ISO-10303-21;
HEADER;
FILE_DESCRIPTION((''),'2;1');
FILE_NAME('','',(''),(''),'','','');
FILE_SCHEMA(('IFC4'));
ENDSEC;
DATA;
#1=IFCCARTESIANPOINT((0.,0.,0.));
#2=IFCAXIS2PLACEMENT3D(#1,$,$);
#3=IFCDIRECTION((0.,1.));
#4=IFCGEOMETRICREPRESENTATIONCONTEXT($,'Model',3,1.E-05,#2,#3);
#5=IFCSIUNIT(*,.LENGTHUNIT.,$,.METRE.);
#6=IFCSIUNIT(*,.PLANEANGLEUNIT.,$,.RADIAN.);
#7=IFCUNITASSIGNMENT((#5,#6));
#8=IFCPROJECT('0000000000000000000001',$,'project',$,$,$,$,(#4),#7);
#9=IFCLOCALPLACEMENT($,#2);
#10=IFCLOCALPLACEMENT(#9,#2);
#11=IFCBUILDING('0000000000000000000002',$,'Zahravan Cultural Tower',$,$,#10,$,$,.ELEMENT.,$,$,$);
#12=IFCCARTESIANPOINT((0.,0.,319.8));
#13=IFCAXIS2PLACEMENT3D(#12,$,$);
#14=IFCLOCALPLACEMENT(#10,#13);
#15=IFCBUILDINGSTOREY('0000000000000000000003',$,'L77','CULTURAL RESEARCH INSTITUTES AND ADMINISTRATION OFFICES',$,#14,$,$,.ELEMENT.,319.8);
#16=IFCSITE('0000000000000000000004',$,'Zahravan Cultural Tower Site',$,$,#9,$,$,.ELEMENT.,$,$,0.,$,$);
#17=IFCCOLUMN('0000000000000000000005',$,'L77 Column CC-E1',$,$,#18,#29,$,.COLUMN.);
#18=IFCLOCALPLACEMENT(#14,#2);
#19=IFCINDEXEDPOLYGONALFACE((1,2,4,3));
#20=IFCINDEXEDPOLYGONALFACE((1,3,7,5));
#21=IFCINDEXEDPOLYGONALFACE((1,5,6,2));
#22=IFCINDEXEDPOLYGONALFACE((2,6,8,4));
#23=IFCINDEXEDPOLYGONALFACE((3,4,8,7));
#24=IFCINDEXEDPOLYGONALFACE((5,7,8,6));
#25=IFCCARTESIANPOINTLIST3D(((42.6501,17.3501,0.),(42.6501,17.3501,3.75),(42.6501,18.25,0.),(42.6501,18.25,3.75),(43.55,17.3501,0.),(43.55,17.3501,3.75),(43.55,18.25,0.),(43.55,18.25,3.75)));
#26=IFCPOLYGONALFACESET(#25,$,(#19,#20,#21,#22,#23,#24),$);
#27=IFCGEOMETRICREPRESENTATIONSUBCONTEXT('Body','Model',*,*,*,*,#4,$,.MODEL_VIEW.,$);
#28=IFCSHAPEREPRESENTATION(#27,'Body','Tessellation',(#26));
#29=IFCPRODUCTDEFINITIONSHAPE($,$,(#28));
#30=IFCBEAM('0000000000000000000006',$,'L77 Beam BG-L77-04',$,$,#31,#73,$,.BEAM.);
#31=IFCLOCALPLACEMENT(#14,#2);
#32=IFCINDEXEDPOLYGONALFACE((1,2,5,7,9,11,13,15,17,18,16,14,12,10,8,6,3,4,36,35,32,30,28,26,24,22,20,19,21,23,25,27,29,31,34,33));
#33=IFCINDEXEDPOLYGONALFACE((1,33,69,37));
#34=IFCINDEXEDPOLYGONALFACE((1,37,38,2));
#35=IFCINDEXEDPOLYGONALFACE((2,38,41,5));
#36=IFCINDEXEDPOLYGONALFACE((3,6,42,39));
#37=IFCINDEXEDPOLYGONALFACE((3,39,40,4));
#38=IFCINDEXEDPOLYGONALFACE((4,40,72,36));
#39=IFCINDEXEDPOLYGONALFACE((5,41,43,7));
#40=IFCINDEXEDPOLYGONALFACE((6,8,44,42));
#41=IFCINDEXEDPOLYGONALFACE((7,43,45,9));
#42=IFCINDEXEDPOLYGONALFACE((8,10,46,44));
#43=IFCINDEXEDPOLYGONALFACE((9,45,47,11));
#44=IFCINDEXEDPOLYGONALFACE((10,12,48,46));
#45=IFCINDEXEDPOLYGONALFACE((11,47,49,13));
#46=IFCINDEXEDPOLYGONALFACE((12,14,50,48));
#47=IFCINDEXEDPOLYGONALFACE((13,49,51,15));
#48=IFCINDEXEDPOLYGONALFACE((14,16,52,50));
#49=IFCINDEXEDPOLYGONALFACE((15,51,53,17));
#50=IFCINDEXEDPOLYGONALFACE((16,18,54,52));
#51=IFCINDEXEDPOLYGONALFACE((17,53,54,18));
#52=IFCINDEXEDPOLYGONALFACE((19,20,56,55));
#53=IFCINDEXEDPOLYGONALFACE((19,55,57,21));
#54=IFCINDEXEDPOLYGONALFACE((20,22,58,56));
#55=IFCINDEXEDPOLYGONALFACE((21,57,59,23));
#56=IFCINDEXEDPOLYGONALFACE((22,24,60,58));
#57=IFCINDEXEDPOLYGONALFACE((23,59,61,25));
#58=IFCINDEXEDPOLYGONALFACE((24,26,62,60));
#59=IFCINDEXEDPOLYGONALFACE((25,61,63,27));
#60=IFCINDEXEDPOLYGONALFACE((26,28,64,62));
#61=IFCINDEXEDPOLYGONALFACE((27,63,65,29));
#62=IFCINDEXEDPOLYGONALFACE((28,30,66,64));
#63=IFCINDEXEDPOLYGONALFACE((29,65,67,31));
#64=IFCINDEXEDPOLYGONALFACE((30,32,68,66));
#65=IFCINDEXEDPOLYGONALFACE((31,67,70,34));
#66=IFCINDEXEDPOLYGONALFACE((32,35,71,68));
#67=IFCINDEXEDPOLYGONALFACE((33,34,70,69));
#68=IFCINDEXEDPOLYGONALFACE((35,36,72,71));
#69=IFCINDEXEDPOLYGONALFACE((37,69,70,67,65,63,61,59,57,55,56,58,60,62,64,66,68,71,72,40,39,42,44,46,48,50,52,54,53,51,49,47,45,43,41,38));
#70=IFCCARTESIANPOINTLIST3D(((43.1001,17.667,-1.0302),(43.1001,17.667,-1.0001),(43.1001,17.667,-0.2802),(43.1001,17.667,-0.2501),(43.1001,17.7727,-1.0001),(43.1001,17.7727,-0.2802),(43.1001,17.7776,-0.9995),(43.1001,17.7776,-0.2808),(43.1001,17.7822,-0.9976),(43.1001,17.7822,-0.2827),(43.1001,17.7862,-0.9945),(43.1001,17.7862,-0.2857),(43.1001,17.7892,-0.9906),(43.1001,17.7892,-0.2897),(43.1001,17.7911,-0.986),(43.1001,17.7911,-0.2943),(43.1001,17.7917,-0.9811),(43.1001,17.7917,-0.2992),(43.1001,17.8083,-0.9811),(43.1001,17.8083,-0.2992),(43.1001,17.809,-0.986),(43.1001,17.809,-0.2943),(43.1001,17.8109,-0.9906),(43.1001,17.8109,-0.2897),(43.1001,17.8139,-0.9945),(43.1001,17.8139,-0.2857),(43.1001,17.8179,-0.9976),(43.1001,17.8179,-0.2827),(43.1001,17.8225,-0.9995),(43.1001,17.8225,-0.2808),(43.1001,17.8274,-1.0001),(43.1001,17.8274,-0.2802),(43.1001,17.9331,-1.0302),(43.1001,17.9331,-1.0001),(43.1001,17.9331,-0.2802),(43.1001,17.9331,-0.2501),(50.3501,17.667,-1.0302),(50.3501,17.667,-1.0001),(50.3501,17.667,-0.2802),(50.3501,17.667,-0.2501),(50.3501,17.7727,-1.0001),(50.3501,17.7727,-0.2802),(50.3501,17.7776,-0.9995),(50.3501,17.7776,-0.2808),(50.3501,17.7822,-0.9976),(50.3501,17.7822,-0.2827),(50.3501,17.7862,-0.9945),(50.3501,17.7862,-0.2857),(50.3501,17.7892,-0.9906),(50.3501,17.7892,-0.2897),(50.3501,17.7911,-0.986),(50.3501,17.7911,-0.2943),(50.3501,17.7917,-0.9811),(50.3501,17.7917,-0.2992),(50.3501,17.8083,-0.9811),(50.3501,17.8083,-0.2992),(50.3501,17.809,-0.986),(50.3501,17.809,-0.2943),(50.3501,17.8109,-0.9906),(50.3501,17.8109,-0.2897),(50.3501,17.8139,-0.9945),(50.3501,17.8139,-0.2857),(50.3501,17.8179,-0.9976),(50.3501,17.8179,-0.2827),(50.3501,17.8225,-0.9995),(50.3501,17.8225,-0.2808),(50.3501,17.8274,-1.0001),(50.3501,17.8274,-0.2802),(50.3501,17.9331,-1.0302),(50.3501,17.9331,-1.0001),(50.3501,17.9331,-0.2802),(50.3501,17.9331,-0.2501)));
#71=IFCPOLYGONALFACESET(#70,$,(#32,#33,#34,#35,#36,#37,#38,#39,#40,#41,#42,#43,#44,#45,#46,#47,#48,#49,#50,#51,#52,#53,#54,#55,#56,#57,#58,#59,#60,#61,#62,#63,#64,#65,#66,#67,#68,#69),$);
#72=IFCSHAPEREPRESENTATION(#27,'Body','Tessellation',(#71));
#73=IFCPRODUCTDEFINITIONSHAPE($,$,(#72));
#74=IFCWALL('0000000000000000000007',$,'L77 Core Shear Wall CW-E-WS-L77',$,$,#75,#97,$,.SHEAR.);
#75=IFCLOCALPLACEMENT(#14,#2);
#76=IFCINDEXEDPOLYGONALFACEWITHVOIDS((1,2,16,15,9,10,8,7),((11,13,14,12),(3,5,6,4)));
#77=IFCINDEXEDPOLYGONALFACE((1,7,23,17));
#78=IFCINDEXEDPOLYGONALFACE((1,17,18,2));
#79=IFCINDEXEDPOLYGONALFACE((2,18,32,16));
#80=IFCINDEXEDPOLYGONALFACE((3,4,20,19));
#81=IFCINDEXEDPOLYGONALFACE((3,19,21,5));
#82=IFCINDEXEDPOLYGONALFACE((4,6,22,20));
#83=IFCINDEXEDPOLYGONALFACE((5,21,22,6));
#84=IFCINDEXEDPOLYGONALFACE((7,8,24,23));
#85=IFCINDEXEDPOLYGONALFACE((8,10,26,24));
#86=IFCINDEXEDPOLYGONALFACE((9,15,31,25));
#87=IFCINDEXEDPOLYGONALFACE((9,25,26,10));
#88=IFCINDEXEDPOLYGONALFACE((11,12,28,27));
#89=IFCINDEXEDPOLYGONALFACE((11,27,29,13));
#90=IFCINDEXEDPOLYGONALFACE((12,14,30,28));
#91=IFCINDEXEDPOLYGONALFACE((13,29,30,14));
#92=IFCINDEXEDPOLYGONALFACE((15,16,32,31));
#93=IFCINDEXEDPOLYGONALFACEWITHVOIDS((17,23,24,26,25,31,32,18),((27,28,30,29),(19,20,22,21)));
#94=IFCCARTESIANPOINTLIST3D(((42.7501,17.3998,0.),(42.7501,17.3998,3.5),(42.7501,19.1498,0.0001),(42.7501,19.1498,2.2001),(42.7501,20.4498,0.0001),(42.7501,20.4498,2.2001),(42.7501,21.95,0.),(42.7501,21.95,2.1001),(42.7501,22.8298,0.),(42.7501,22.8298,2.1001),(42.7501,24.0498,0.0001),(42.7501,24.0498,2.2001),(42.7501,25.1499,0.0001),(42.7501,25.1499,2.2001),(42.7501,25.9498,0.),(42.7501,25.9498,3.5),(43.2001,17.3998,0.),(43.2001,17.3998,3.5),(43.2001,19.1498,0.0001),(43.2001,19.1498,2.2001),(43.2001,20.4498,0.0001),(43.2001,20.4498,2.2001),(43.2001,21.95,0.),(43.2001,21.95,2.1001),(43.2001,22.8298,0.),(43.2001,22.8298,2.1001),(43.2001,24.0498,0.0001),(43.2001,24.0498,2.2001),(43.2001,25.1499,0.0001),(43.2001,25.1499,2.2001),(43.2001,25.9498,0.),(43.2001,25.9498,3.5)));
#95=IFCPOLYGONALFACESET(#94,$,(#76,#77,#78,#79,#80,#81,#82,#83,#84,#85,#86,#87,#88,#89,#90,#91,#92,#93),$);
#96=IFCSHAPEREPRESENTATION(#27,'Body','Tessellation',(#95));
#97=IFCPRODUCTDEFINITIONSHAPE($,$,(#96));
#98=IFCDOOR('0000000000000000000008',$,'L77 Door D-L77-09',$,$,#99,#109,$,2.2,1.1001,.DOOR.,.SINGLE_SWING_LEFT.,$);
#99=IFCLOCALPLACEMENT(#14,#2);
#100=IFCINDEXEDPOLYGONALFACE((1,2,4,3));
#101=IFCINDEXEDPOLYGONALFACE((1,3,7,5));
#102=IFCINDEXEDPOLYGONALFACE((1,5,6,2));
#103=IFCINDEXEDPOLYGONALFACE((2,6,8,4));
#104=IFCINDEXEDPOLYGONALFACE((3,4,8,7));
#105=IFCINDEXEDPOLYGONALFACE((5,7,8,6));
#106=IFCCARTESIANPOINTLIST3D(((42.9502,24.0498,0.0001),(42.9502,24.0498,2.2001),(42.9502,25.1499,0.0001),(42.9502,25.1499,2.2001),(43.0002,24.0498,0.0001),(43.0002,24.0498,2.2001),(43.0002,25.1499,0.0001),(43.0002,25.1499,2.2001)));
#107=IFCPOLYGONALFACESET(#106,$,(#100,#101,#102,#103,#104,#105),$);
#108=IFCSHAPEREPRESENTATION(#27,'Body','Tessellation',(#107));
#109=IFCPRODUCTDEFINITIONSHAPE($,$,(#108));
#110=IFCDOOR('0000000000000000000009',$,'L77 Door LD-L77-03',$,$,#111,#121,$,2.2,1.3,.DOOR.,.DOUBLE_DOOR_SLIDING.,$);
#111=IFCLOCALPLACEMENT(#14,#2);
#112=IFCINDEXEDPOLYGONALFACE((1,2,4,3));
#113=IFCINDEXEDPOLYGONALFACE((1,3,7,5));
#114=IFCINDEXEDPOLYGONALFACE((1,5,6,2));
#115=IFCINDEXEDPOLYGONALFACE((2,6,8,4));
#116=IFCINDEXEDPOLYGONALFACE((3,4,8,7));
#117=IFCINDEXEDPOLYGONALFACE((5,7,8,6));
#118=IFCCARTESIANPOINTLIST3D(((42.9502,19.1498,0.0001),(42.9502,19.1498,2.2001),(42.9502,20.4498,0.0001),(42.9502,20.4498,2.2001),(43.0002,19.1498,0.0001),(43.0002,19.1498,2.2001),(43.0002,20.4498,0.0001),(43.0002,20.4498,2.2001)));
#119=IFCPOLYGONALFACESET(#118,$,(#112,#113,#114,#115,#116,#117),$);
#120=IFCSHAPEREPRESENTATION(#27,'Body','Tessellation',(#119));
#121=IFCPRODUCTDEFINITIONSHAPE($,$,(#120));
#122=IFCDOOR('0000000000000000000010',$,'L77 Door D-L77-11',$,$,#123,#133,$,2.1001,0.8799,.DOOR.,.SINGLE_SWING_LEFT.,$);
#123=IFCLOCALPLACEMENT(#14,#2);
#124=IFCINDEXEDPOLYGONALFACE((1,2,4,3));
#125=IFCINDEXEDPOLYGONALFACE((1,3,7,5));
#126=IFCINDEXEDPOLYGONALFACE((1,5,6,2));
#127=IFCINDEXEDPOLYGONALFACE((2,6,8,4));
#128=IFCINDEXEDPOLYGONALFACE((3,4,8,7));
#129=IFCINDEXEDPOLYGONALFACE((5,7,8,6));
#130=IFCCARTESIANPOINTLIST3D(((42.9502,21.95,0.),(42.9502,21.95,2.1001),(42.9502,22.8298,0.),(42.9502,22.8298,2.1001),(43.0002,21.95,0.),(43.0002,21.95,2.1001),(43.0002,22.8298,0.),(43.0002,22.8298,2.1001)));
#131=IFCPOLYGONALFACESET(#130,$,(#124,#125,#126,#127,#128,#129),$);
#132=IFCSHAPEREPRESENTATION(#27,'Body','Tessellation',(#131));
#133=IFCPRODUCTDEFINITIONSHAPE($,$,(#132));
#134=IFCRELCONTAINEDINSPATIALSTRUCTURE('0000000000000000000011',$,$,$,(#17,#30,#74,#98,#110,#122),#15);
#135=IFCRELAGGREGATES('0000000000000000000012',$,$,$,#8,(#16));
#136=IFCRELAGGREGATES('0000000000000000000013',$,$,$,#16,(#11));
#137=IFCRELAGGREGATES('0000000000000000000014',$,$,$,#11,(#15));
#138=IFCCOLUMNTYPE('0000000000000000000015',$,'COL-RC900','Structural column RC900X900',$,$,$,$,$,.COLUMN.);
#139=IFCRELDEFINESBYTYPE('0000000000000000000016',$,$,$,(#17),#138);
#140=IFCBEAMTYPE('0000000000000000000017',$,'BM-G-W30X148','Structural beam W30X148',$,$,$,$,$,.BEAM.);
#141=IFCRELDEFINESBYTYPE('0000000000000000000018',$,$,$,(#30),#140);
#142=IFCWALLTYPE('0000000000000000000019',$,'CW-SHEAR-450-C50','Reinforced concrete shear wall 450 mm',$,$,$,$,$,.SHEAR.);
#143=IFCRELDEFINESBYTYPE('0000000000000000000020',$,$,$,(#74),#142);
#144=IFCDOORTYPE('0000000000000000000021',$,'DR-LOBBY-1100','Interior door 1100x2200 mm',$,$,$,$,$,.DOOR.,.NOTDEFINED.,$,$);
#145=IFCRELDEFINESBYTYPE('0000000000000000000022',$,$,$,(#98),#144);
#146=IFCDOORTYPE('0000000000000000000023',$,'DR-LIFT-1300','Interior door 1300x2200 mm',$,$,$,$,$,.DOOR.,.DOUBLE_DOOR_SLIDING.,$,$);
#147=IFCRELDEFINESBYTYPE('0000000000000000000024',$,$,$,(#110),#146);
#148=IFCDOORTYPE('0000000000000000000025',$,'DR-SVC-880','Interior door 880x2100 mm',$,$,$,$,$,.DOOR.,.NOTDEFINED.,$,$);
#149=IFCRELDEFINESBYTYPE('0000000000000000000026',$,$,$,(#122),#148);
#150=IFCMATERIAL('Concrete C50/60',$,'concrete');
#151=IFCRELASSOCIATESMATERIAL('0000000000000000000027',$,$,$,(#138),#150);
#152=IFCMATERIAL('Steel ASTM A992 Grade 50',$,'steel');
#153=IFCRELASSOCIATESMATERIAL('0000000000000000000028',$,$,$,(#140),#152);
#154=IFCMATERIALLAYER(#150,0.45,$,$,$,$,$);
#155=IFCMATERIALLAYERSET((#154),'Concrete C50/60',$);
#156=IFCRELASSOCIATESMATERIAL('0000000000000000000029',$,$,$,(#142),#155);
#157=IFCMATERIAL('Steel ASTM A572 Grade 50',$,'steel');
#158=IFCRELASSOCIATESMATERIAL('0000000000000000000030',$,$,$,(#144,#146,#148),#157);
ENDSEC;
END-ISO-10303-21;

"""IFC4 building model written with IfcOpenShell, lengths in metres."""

from ifc_helpers import new_model, si_unit, direction, frame, frame_2d, origin, origin_2d, place, context, subcontext, project, spatial, rectangle, i_section, extrude, source, transform, mapped, material, layer, layer_set, material_profile, profile_set, type_object, element, fill, save


model = new_model("IFC4")

# Units and contexts
model_context = context("Model", 3, precision=1e-05, world=origin(), true_north=direction((0.0, 1.0)))
body_context = subcontext(model_context, "Body", "Model", "MODEL_VIEW")
ifc_project = project(units=[si_unit("LENGTHUNIT", "METRE"), si_unit("PLANEANGLEUNIT", "RADIAN")], contexts=[model_context])

# Site, building, storey
site_placement = place(None, origin())
site = spatial("IfcSite", under=ifc_project, at=site_placement, Name="Zahravan Cultural Tower Site", CompositionType="ELEMENT", RefElevation=0.0)
building_placement = place(site_placement, origin())
building = spatial("IfcBuilding", under=site, at=building_placement, Name="Zahravan Cultural Tower", CompositionType="ELEMENT")
storey_placement = place(building_placement, frame((0.0, 0.0, 319.8)))
storey = spatial("IfcBuildingStorey", under=building, at=storey_placement, Name="L77", Description="CULTURAL RESEARCH INSTITUTES AND ADMINISTRATION OFFICES", CompositionType="ELEMENT", Elevation=319.8)

# Column
ifc_material_1 = material(Name="Concrete C50/60", Category="concrete")
ifc_material_profile_1 = material_profile(ifc_material_1, rectangle(XDim=0.8999, YDim=0.8999, at=origin_2d()), Name="RC900X900")
ifc_profile_set_1 = profile_set([ifc_material_profile_1], Name="Concrete C50/60")
column_type = type_object("IfcColumnType", Name="COL-RC900", Description="Structural column RC900X900", PredefinedType="COLUMN", material=ifc_profile_set_1)
shared_shape_1 = source(origin(), body_context, "Body", "SweptSolid", [
    extrude(rectangle(XDim=0.8999, YDim=0.8999, at=origin_2d()), origin(), (0.0, 0.0, 1.0), 3.75),
])
column_placement = place(storey_placement, frame((43.1001, 17.8, 0.0), z_axis=(0.0, 0.0, 1.0), x_axis=(1.0, 0.0, 0.0)))
element("IfcColumn", 1, at=column_placement, inside=storey, type_object=column_type, Name="L77 Column CC-E1", PredefinedType="COLUMN", context=body_context, shape_type="MappedRepresentation", body=[
    mapped(shared_shape_1, transform((0.0, 0.0, 0.0), x_axis=(1.0, 0.0, 0.0), y_axis=(0.0, 1.0, 0.0), z_axis=(0.0, 0.0, 1.0), scale=1.0)),
])

# Beam
ifc_material_2 = material(Name="Steel ASTM A992 Grade 50", Category="steel")
ifc_material_profile_2 = material_profile(ifc_material_2, i_section(OverallWidth=0.2661, OverallDepth=0.78, WebThickness=0.0166, FlangeThickness=0.03, FilletRadius=0.019, at=origin_2d()), Name="W30X148")
ifc_profile_set_2 = profile_set([ifc_material_profile_2], Name="Steel ASTM A992 Grade 50")
beam_type = type_object("IfcBeamType", Name="BM-G-W30X148", Description="Structural beam W30X148", PredefinedType="BEAM", material=ifc_profile_set_2)
shared_shape_2 = source(origin(), body_context, "Body", "SweptSolid", [
    extrude(i_section(OverallWidth=0.2661, OverallDepth=0.78, WebThickness=0.0166, FlangeThickness=0.03, FilletRadius=0.019, at=origin_2d()), origin(), (0.0, 0.0, 1.0), 7.25),
])
beam_placement = place(storey_placement, frame((43.1001, 17.8, -0.6401), z_axis=(1.0, 0.0, 0.0), x_axis=(0.0, 1.0, 0.0)))
element("IfcBeam", 2, at=beam_placement, inside=storey, type_object=beam_type, Name="L77 Beam BG-L77-04", PredefinedType="BEAM", context=body_context, shape_type="MappedRepresentation", body=[
    mapped(shared_shape_2, transform((0.0, 0.0, 0.0), x_axis=(1.0, 0.0, 0.0), y_axis=(0.0, 1.0, 0.0), z_axis=(0.0, 0.0, 1.0), scale=1.0)),
])

# Wall, openings, doors
ifc_layer_1 = layer(ifc_material_1, 0.45)
ifc_layer_set_1 = layer_set([ifc_layer_1], Name="Concrete C50/60")
wall_type_1 = type_object("IfcWallType", Name="CW-SHEAR-450-C50", Description="Reinforced concrete shear wall 450 mm", PredefinedType="SHEAR", material=ifc_layer_set_1)
wall_1_placement = place(storey_placement, frame((42.9751, 17.3999, 0.0), z_axis=(0.0, 0.0, 1.0), x_axis=(0.0, 1.0, 0.0)))
wall_1 = element("IfcWall", 3, at=wall_1_placement, inside=storey, type_object=wall_type_1, Name="L77 Core Shear Wall CW-E-WS-L77", PredefinedType="SHEAR", context=body_context, shape_type="SweptSolid", body=[
    extrude(rectangle(XDim=8.55, YDim=0.45, at=frame_2d((4.2749, 0.0))), origin(), (0.0, 0.0, 1.0), 3.5),
])
opening_1_placement = place(wall_1_placement, frame((6.6499, 0.0, 0.0)))
opening_1 = element("IfcOpeningElement", 4, at=opening_1_placement, cuts=wall_1, PredefinedType="OPENING", context=body_context, shape_type="SweptSolid", body=[
    extrude(rectangle(XDim=1.1001, YDim=2.2, at=frame_2d((0.55, 1.1001))), frame((0.0, 0.2349, 0.0), z_axis=(0.0, -1.0, 0.0), x_axis=(1.0, 0.0, 0.0)), (0.0, 0.0, 1.0), 0.47),
])
opening_2_placement = place(wall_1_placement, frame((1.75, 0.0, 0.0)))
opening_2 = element("IfcOpeningElement", 5, at=opening_2_placement, cuts=wall_1, PredefinedType="OPENING", context=body_context, shape_type="SweptSolid", body=[
    extrude(rectangle(XDim=1.3, YDim=2.2, at=frame_2d((0.6499, 1.1001))), frame((0.0, 0.2349, 0.0), z_axis=(0.0, -1.0, 0.0), x_axis=(1.0, 0.0, 0.0)), (0.0, 0.0, 1.0), 0.47),
])
opening_3_placement = place(wall_1_placement, frame((4.55, 0.0, 0.0)))
opening_3 = element("IfcOpeningElement", 6, at=opening_3_placement, cuts=wall_1, PredefinedType="OPENING", context=body_context, shape_type="SweptSolid", body=[
    extrude(rectangle(XDim=0.8799, YDim=2.1001, at=frame_2d((0.4399, 1.05))), frame((0.0, 0.2349, 0.0), z_axis=(0.0, -1.0, 0.0), x_axis=(1.0, 0.0, 0.0)), (0.0, 0.0, 1.0), 0.47),
])
ifc_material_3 = material(Name="Steel ASTM A572 Grade 50", Category="steel")
door_type_1 = type_object("IfcDoorType", Name="DR-LOBBY-1100", Description="Interior door 1100x2200 mm", OperationType="NOTDEFINED", PredefinedType="DOOR", material=ifc_material_3)
shared_shape_3 = source(origin(), body_context, "Body", "SweptSolid", [
    extrude(rectangle(XDim=1.1001, YDim=2.2, at=frame_2d((0.55, 1.1001))), frame((0.0, 0.0249, 0.0), z_axis=(0.0, -1.0, 0.0), x_axis=(1.0, 0.0, 0.0)), (0.0, 0.0, 1.0), 0.05),
])
door_1_placement = place(opening_1_placement, origin())
door_1 = element("IfcDoor", 7, at=door_1_placement, inside=storey, type_object=door_type_1, Name="L77 Door D-L77-09", OperationType="SINGLE_SWING_LEFT", OverallHeight=2.2, OverallWidth=1.1001, PredefinedType="DOOR", context=body_context, shape_type="MappedRepresentation", body=[
    mapped(shared_shape_3, transform((0.0, 0.0, 0.0), x_axis=(1.0, 0.0, 0.0), y_axis=(0.0, 1.0, 0.0), z_axis=(0.0, 0.0, 1.0), scale=1.0)),
])
fill(opening_1, door_1)
door_type_2 = type_object("IfcDoorType", Name="DR-LIFT-1300", Description="Interior door 1300x2200 mm", OperationType="DOUBLE_DOOR_SLIDING", PredefinedType="DOOR", material=ifc_material_3)
shared_shape_4 = source(origin(), body_context, "Body", "SweptSolid", [
    extrude(rectangle(XDim=1.3, YDim=2.2, at=frame_2d((0.6499, 1.1001))), frame((0.0, 0.0249, 0.0), z_axis=(0.0, -1.0, 0.0), x_axis=(1.0, 0.0, 0.0)), (0.0, 0.0, 1.0), 0.05),
])
door_2_placement = place(opening_2_placement, origin())
door_2 = element("IfcDoor", 8, at=door_2_placement, inside=storey, type_object=door_type_2, Name="L77 Door LD-L77-03", OperationType="DOUBLE_DOOR_SLIDING", OverallHeight=2.2, OverallWidth=1.3, PredefinedType="DOOR", context=body_context, shape_type="MappedRepresentation", body=[
    mapped(shared_shape_4, transform((0.0, 0.0, 0.0), x_axis=(1.0, 0.0, 0.0), y_axis=(0.0, 1.0, 0.0), z_axis=(0.0, 0.0, 1.0), scale=1.0)),
])
fill(opening_2, door_2)
door_type_3 = type_object("IfcDoorType", Name="DR-SVC-880", Description="Interior door 880x2100 mm", OperationType="NOTDEFINED", PredefinedType="DOOR", material=ifc_material_3)
shared_shape_5 = source(origin(), body_context, "Body", "SweptSolid", [
    extrude(rectangle(XDim=0.8799, YDim=2.1001, at=frame_2d((0.4399, 1.05))), frame((0.0, 0.0249, 0.0), z_axis=(0.0, -1.0, 0.0), x_axis=(1.0, 0.0, 0.0)), (0.0, 0.0, 1.0), 0.05),
])
door_3_placement = place(opening_3_placement, origin())
door_3 = element("IfcDoor", 9, at=door_3_placement, inside=storey, type_object=door_type_3, Name="L77 Door D-L77-11", OperationType="SINGLE_SWING_LEFT", OverallHeight=2.1001, OverallWidth=0.8799, PredefinedType="DOOR", context=body_context, shape_type="MappedRepresentation", body=[
    mapped(shared_shape_5, transform((0.0, 0.0, 0.0), x_axis=(1.0, 0.0, 0.0), y_axis=(0.0, 1.0, 0.0), z_axis=(0.0, 0.0, 1.0), scale=1.0)),
])
fill(opening_3, door_3)

save(model, "model.ifc")
